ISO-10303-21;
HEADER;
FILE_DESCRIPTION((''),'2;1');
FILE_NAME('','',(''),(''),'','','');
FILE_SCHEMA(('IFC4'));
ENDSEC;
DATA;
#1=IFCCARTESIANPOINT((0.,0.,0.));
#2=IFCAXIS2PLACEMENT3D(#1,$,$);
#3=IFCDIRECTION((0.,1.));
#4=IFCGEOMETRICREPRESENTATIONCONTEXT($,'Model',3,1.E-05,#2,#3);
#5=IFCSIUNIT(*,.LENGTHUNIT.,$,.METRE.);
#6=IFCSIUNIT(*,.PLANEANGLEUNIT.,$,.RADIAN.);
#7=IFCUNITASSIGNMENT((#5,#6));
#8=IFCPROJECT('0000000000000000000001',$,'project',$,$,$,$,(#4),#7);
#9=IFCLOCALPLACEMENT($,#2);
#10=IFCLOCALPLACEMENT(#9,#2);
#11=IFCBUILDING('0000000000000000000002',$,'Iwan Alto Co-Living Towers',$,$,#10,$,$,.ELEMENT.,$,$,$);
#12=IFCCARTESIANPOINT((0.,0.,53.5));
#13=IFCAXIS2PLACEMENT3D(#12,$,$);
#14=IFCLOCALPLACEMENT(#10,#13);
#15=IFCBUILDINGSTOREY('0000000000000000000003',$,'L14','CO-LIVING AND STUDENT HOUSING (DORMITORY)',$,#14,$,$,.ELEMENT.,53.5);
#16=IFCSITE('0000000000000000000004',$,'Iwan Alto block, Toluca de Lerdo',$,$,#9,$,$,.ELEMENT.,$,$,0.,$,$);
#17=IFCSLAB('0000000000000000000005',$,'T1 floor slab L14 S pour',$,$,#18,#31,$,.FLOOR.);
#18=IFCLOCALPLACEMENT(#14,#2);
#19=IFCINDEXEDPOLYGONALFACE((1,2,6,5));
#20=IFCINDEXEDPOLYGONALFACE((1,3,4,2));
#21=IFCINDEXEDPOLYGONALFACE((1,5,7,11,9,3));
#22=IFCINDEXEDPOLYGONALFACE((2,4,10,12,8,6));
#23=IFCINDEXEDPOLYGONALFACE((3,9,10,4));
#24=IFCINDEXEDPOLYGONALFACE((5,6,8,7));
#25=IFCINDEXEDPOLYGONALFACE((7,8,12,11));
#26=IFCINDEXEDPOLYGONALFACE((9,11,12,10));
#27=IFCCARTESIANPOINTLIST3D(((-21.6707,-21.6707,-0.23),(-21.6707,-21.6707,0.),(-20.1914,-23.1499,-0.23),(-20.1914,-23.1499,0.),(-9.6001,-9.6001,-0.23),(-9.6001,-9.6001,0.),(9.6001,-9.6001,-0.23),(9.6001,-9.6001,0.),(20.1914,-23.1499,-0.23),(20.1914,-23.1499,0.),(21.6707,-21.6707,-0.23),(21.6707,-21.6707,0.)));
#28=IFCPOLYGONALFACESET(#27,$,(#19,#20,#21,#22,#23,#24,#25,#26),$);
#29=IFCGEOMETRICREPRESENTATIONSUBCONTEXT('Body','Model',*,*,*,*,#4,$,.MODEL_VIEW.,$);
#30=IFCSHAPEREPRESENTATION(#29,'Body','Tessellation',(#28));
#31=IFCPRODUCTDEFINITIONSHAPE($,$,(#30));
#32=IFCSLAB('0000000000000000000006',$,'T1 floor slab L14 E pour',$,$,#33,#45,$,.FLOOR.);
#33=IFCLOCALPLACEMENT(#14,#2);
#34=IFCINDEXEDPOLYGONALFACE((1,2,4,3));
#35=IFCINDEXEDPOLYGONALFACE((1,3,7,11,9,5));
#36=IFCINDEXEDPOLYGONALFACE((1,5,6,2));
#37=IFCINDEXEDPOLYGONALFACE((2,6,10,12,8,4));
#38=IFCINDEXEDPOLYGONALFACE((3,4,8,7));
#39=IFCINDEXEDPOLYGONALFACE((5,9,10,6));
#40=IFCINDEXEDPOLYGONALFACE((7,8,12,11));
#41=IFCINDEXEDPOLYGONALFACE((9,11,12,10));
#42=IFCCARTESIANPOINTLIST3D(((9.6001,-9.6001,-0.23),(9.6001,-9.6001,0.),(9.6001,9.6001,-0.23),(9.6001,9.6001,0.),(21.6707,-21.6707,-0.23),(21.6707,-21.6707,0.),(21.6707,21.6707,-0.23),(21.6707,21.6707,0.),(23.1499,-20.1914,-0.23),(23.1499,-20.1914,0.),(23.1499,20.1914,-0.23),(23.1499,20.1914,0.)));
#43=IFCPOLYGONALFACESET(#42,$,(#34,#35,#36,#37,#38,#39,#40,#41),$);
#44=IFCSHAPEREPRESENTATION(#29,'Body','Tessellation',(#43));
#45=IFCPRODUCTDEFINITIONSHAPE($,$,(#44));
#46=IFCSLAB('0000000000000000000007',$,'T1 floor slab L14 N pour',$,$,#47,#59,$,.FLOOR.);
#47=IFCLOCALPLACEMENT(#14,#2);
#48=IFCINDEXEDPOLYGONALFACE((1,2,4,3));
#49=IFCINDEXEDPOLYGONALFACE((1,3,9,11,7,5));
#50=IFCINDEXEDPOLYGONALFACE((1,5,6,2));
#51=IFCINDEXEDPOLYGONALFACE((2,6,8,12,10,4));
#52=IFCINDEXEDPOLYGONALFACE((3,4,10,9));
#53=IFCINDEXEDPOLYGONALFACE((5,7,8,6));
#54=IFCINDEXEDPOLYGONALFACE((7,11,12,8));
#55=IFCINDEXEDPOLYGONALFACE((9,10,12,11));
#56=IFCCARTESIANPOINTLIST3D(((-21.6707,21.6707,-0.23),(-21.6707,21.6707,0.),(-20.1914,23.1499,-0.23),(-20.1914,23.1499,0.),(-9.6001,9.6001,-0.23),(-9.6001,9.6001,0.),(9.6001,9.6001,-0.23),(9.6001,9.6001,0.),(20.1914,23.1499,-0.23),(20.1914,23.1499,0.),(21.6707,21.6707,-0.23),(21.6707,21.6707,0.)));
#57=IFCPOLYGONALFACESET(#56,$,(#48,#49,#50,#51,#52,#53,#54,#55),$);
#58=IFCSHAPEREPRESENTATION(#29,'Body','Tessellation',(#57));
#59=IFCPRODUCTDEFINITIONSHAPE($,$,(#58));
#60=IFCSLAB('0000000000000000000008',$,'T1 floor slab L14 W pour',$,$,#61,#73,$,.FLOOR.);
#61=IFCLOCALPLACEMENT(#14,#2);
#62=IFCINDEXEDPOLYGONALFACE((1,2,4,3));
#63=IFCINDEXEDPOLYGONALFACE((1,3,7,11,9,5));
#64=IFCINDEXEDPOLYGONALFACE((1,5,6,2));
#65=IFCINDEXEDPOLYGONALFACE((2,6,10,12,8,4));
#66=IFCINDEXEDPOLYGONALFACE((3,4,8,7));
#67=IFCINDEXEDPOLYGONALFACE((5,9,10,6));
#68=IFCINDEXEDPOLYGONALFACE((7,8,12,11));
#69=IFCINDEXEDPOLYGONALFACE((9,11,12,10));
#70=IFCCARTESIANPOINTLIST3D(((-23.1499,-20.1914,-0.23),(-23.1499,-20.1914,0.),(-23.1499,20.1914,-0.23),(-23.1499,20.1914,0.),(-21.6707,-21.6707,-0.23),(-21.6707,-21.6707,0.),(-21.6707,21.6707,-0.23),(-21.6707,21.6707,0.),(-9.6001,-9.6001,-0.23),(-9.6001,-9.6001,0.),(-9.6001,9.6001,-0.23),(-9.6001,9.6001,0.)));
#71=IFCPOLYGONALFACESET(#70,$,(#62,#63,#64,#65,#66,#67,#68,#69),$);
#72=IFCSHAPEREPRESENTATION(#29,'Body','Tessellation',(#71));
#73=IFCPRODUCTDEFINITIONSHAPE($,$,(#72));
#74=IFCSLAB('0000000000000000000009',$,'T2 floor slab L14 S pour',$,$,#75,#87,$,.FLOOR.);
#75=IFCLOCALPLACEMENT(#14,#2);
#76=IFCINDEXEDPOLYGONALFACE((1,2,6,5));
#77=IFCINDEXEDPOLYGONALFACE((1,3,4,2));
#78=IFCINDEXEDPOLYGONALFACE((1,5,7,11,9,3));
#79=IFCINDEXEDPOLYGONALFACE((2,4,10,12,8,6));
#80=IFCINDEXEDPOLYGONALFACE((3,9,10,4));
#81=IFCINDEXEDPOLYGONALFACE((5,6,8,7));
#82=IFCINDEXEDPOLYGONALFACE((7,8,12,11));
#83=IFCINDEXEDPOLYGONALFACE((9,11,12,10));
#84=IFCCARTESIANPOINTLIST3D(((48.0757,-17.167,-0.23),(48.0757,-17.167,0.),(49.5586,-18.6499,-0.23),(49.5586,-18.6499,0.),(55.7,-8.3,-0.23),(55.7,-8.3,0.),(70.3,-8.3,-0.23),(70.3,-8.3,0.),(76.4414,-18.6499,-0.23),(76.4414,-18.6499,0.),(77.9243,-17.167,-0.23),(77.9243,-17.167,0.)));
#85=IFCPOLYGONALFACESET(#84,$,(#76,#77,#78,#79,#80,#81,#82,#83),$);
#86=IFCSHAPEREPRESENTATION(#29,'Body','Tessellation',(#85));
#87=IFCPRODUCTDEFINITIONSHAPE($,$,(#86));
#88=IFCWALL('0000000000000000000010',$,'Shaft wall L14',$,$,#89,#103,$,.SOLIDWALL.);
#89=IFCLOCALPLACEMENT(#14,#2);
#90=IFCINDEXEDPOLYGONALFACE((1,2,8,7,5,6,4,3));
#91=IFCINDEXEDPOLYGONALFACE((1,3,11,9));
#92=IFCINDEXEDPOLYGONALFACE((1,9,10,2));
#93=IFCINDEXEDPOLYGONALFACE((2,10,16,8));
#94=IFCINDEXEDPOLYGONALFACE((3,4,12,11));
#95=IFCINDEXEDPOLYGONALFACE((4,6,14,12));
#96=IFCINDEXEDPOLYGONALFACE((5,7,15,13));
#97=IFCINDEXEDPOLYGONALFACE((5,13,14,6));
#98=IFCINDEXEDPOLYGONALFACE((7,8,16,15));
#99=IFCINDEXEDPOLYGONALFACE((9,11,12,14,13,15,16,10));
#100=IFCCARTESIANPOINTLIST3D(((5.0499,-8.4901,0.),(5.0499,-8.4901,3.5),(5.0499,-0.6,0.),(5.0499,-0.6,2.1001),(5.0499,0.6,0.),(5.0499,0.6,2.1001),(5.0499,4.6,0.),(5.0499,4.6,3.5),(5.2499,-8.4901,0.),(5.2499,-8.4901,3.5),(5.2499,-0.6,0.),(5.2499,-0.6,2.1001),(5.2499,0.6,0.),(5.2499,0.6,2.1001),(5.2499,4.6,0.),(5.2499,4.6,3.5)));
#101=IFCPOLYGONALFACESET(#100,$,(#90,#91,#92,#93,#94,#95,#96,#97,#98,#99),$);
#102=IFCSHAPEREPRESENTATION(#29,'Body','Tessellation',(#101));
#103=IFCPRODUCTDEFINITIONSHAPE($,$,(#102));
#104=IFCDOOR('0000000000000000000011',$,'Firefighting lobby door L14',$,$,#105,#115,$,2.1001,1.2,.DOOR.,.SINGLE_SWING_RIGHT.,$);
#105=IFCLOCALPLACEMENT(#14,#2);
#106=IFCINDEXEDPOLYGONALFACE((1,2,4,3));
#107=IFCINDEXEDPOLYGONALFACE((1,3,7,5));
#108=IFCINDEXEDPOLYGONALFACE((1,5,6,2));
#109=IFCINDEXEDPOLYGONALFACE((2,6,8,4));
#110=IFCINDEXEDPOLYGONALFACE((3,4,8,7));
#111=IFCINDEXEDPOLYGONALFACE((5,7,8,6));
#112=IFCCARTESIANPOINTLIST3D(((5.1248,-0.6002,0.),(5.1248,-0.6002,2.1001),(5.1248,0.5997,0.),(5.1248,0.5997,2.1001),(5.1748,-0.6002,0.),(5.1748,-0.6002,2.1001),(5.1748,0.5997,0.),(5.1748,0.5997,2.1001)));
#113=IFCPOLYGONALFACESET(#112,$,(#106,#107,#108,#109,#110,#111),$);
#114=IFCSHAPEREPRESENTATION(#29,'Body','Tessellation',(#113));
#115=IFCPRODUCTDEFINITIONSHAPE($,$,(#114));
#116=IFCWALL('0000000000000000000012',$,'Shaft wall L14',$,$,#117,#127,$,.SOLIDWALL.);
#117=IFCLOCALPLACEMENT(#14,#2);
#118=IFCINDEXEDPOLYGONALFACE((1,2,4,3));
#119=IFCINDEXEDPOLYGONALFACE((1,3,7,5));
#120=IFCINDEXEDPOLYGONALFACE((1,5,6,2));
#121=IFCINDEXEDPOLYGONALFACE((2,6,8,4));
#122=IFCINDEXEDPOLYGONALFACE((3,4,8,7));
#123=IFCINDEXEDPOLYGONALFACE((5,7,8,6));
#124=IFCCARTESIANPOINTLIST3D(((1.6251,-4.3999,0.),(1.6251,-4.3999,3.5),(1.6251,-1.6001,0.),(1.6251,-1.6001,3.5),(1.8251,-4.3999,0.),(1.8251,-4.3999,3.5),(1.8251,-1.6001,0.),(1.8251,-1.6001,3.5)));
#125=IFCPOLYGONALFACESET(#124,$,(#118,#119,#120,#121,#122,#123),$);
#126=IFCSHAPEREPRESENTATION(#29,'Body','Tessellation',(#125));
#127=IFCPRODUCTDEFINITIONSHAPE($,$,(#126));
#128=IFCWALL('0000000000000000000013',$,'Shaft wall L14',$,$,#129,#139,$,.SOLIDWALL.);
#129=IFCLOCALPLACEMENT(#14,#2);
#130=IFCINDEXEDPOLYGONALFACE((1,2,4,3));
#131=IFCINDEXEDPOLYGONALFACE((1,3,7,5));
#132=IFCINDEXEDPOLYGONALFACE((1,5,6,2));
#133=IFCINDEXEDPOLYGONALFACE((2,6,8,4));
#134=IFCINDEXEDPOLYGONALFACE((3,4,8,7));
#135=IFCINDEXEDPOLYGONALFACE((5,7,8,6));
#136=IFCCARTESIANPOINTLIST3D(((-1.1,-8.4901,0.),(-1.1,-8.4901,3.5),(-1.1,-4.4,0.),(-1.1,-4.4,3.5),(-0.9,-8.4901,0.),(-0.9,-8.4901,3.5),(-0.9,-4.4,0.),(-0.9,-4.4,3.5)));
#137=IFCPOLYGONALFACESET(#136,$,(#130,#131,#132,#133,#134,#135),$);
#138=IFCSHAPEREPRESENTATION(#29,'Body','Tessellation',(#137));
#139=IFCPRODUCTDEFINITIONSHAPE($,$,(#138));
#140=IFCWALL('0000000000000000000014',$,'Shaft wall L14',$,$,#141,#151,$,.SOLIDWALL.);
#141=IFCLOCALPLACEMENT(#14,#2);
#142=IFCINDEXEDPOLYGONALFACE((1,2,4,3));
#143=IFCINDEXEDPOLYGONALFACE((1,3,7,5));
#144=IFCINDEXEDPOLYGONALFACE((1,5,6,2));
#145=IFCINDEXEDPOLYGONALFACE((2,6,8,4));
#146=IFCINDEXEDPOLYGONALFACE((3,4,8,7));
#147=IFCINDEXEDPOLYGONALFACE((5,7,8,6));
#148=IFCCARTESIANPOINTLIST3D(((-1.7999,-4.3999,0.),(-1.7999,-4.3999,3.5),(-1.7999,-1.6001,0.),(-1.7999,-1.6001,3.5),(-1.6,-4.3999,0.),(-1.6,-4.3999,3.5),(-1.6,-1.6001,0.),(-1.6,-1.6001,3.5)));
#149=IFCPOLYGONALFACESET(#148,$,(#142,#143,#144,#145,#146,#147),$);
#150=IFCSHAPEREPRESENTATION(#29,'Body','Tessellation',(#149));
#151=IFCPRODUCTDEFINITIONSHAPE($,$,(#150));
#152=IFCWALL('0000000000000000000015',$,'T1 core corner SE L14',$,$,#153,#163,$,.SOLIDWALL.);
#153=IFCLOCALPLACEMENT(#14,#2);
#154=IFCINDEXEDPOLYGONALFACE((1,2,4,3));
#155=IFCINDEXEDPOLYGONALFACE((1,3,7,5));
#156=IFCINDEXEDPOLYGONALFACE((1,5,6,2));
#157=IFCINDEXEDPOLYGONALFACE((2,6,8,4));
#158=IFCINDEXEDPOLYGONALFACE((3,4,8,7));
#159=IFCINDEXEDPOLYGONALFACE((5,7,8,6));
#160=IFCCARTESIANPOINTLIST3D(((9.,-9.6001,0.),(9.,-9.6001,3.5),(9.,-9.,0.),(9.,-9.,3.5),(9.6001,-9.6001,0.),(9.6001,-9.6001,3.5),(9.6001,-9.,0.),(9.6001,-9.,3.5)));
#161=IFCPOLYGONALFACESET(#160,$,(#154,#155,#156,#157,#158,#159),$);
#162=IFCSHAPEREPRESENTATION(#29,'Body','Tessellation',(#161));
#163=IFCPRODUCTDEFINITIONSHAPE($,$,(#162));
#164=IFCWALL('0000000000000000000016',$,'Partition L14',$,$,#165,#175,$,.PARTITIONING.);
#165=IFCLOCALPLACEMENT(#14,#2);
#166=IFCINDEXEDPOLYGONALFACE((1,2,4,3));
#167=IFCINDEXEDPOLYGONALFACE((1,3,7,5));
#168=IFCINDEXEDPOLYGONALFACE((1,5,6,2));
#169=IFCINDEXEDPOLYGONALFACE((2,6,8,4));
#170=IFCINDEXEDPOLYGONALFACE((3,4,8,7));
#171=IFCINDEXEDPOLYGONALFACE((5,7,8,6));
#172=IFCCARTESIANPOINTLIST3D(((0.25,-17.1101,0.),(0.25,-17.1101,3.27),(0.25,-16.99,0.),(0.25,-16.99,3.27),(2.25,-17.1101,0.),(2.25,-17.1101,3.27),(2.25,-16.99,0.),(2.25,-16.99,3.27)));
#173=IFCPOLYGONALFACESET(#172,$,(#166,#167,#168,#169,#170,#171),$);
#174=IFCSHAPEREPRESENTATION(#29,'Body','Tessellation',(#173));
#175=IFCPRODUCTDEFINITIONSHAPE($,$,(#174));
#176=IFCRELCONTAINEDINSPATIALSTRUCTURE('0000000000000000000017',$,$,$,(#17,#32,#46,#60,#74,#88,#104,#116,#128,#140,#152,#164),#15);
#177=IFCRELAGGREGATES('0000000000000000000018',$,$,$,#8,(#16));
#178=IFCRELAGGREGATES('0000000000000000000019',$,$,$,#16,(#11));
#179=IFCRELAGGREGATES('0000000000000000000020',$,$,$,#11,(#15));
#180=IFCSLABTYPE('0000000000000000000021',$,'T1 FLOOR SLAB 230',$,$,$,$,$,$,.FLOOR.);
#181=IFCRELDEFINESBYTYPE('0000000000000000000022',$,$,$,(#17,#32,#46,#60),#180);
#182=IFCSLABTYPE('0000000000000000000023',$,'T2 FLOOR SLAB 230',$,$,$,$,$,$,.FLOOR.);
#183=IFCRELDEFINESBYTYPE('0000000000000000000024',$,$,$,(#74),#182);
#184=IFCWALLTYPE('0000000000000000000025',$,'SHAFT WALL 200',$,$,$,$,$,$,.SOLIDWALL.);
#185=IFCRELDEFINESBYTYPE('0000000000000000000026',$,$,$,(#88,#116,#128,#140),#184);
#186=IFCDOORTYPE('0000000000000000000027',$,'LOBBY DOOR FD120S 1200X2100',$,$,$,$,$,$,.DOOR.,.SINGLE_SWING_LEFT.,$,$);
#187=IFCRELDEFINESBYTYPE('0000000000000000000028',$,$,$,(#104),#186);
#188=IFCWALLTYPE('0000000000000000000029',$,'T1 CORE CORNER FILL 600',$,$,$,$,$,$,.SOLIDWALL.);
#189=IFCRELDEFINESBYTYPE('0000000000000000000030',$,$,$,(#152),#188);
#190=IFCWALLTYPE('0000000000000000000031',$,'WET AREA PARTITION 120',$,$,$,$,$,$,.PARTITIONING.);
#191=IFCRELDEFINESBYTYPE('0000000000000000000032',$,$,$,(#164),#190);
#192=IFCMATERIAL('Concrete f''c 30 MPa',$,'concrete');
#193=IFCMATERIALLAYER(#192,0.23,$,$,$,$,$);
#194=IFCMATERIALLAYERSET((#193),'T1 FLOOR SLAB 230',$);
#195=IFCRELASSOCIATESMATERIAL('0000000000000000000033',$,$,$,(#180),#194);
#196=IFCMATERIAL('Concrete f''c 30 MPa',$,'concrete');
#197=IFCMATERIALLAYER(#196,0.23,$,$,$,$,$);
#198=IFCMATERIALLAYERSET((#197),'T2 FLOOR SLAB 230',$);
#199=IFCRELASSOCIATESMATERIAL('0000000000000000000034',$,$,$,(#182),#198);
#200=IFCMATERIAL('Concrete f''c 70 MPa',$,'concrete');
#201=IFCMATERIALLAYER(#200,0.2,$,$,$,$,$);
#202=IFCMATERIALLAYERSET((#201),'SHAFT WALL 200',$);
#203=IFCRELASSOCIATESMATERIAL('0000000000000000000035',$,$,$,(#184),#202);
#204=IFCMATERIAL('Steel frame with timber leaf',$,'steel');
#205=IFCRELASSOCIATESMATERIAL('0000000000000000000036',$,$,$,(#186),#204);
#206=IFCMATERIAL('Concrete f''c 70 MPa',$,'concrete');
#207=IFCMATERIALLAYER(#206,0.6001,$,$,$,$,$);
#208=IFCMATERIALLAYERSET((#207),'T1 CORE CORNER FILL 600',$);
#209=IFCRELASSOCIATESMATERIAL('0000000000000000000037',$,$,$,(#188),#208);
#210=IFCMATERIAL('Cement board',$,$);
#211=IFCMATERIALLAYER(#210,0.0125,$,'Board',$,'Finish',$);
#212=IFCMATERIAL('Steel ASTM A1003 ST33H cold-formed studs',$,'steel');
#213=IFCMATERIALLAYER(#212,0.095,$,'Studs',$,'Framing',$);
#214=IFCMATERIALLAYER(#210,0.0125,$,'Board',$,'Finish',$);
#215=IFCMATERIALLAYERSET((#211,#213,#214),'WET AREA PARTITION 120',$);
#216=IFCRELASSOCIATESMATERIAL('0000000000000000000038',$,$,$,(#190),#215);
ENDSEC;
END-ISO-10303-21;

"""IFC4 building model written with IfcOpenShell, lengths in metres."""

from ifc_helpers import new_model, si_unit, direction, frame, frame_2d, origin, place, context, subcontext, project, spatial, polyline, rectangle, outline, extrude, material, layer, layer_set, type_object, element, fill, save


model = new_model("IFC4")

# Units and contexts
model_context = context("Model", 3, precision=1e-05, world=origin(), true_north=direction((0.0, 1.0)))
body_context = subcontext(model_context, "Body", "Model", "MODEL_VIEW")
ifc_project = project(units=[si_unit("LENGTHUNIT", "METRE"), si_unit("PLANEANGLEUNIT", "RADIAN")], contexts=[model_context])

# Site, building, storey
site_placement = place(None, origin())
site = spatial("IfcSite", under=ifc_project, at=site_placement, Name="Iwan Alto block, Toluca de Lerdo", CompositionType="ELEMENT", RefElevation=0.0)
building_placement = place(site_placement, origin())
building = spatial("IfcBuilding", under=site, at=building_placement, Name="Iwan Alto Co-Living Towers", CompositionType="ELEMENT")
storey_placement = place(building_placement, frame((0.0, 0.0, 53.5)))
storey = spatial("IfcBuildingStorey", under=building, at=storey_placement, Name="L14", Description="CO-LIVING AND STUDENT HOUSING (DORMITORY)", CompositionType="ELEMENT", Elevation=53.5)

# Slabs
ifc_material_1 = material(Name="Concrete f'c 30 MPa", Category="concrete")
ifc_layer_1 = layer(ifc_material_1, 0.23)
ifc_layer_set_1 = layer_set([ifc_layer_1], Name="T1 FLOOR SLAB 230")
slab_type_1 = type_object("IfcSlabType", Name="T1 FLOOR SLAB 230", PredefinedType="FLOOR", material=ifc_layer_set_1)
slab_1_placement = place(storey_placement, frame((0.0, 0.0, -0.23)))
element("IfcSlab", 1, at=slab_1_placement, inside=storey, type_object=slab_type_1, Name="T1 floor slab L14 S pour", PredefinedType="FLOOR", context=body_context, shape_type="SweptSolid", body=[
    extrude(outline(polyline([(20.1914, -23.1499), (-20.1914, -23.1499), (-21.6707, -21.6707), (-9.6001, -9.6001), (9.6001, -9.6001), (21.6707, -21.6707), (20.1914, -23.1499)])), origin(), (0.0, 0.0, 1.0), 0.23),
])
slab_2_placement = place(storey_placement, frame((0.0, 0.0, -0.23)))
element("IfcSlab", 2, at=slab_2_placement, inside=storey, type_object=slab_type_1, Name="T1 floor slab L14 E pour", PredefinedType="FLOOR", context=body_context, shape_type="SweptSolid", body=[
    extrude(outline(polyline([(23.1499, 20.1914), (23.1499, -20.1914), (21.6707, -21.6707), (9.6001, -9.6001), (9.6001, 9.6001), (21.6707, 21.6707), (23.1499, 20.1914)])), origin(), (0.0, 0.0, 1.0), 0.23),
])
slab_3_placement = place(storey_placement, frame((0.0, 0.0, -0.23)))
element("IfcSlab", 3, at=slab_3_placement, inside=storey, type_object=slab_type_1, Name="T1 floor slab L14 N pour", PredefinedType="FLOOR", context=body_context, shape_type="SweptSolid", body=[
    extrude(outline(polyline([(-20.1914, 23.1499), (20.1914, 23.1499), (21.6707, 21.6707), (9.6001, 9.6001), (-9.6001, 9.6001), (-21.6707, 21.6707), (-20.1914, 23.1499)])), origin(), (0.0, 0.0, 1.0), 0.23),
])
slab_4_placement = place(storey_placement, frame((0.0, 0.0, -0.23)))
element("IfcSlab", 4, at=slab_4_placement, inside=storey, type_object=slab_type_1, Name="T1 floor slab L14 W pour", PredefinedType="FLOOR", context=body_context, shape_type="SweptSolid", body=[
    extrude(outline(polyline([(-23.1499, 20.1914), (-21.6707, 21.6707), (-9.6001, 9.6001), (-9.6001, -9.6001), (-21.6707, -21.6707), (-23.1499, -20.1914), (-23.1499, 20.1914)])), origin(), (0.0, 0.0, 1.0), 0.23),
])
ifc_material_2 = material(Name="Concrete f'c 30 MPa", Category="concrete")
ifc_layer_2 = layer(ifc_material_2, 0.23)
ifc_layer_set_2 = layer_set([ifc_layer_2], Name="T2 FLOOR SLAB 230")
slab_type_2 = type_object("IfcSlabType", Name="T2 FLOOR SLAB 230", PredefinedType="FLOOR", material=ifc_layer_set_2)
slab_5_placement = place(storey_placement, frame((0.0, 0.0, -0.23)))
element("IfcSlab", 5, at=slab_5_placement, inside=storey, type_object=slab_type_2, Name="T2 floor slab L14 S pour", PredefinedType="FLOOR", context=body_context, shape_type="SweptSolid", body=[
    extrude(outline(polyline([(76.4414, -18.6499), (49.5586, -18.6499), (48.0757, -17.167), (55.7, -8.3), (70.3, -8.3), (77.9243, -17.167), (76.4414, -18.6499)])), origin(), (0.0, 0.0, 1.0), 0.23),
])

# Wall, opening, door
ifc_material_3 = material(Name="Concrete f'c 70 MPa", Category="concrete")
ifc_layer_3 = layer(ifc_material_3, 0.2)
ifc_layer_set_3 = layer_set([ifc_layer_3], Name="SHAFT WALL 200")
wall_type_1 = type_object("IfcWallType", Name="SHAFT WALL 200", PredefinedType="SOLIDWALL", material=ifc_layer_set_3)
wall_1_placement = place(storey_placement, frame((5.1499, -8.49, 0.0), z_axis=(0.0, 0.0, 1.0), x_axis=(0.0, 1.0, 0.0)))
wall_1 = element("IfcWall", 6, at=wall_1_placement, inside=storey, type_object=wall_type_1, Name="Shaft wall L14", PredefinedType="SOLIDWALL", context=body_context, shape_type="SweptSolid", body=[
    extrude(rectangle(XDim=13.0901, YDim=0.2, at=frame_2d((6.5449, 0.0))), origin(), (0.0, 0.0, 1.0), 3.5),
])
opening_1_placement = place(wall_1_placement, frame((7.8899, 0.0, 0.0)))
opening_1 = element("IfcOpeningElement", 7, at=opening_1_placement, cuts=wall_1, PredefinedType="OPENING", context=body_context, shape_type="SweptSolid", body=[
    extrude(rectangle(XDim=1.2, YDim=2.1001, at=frame_2d((0.6001, 1.05))), frame((0.0, 0.1099, 0.0), z_axis=(0.0, -1.0, 0.0), x_axis=(1.0, 0.0, 0.0)), (0.0, 0.0, 1.0), 0.22),
])
ifc_material_4 = material(Name="Steel frame with timber leaf", Category="steel")
door_type_1 = type_object("IfcDoorType", Name="LOBBY DOOR FD120S 1200X2100", OperationType="SINGLE_SWING_LEFT", PredefinedType="DOOR", material=ifc_material_4)
door_1_placement = place(opening_1_placement, frame((1.2, 0.0, 0.0), z_axis=(0.0, 0.0, 1.0), x_axis=(-1.0, 0.0, 0.0)))
door_1 = element("IfcDoor", 8, at=door_1_placement, inside=storey, type_object=door_type_1, Name="Firefighting lobby door L14", OperationType="SINGLE_SWING_RIGHT", OverallHeight=2.1001, OverallWidth=1.2, PredefinedType="DOOR", context=body_context, shape_type="SweptSolid", body=[
    extrude(rectangle(XDim=1.2, YDim=2.1001, at=frame_2d((0.6001, 1.05))), frame((0.0, 0.0249, 0.0), z_axis=(0.0, -1.0, 0.0), x_axis=(1.0, 0.0, 0.0)), (0.0, 0.0, 1.0), 0.05),
])
fill(opening_1, door_1)

# Walls
wall_2_placement = place(storey_placement, frame((1.7251, -4.3999, 0.0), z_axis=(0.0, 0.0, 1.0), x_axis=(0.0, 1.0, 0.0)))
element("IfcWall", 9, at=wall_2_placement, inside=storey, type_object=wall_type_1, Name="Shaft wall L14", PredefinedType="SOLIDWALL", context=body_context, shape_type="SweptSolid", body=[
    extrude(rectangle(XDim=2.7998, YDim=0.2, at=frame_2d((1.3999, 0.0))), origin(), (0.0, 0.0, 1.0), 3.5),
])
wall_3_placement = place(storey_placement, frame((-1.0, -8.49, 0.0), z_axis=(0.0, 0.0, 1.0), x_axis=(0.0, 1.0, 0.0)))
element("IfcWall", 10, at=wall_3_placement, inside=storey, type_object=wall_type_1, Name="Shaft wall L14", PredefinedType="SOLIDWALL", context=body_context, shape_type="SweptSolid", body=[
    extrude(rectangle(XDim=4.0901, YDim=0.2, at=frame_2d((2.0449, 0.0))), origin(), (0.0, 0.0, 1.0), 3.5),
])
wall_4_placement = place(storey_placement, frame((-1.7, -4.3999, 0.0), z_axis=(0.0, 0.0, 1.0), x_axis=(0.0, 1.0, 0.0)))
element("IfcWall", 11, at=wall_4_placement, inside=storey, type_object=wall_type_1, Name="Shaft wall L14", PredefinedType="SOLIDWALL", context=body_context, shape_type="SweptSolid", body=[
    extrude(rectangle(XDim=2.7998, YDim=0.2, at=frame_2d((1.3999, 0.0))), origin(), (0.0, 0.0, 1.0), 3.5),
])
ifc_material_5 = material(Name="Concrete f'c 70 MPa", Category="concrete")
ifc_layer_4 = layer(ifc_material_5, 0.6001)
ifc_layer_set_4 = layer_set([ifc_layer_4], Name="T1 CORE CORNER FILL 600")
wall_type_2 = type_object("IfcWallType", Name="T1 CORE CORNER FILL 600", PredefinedType="SOLIDWALL", material=ifc_layer_set_4)
wall_5_placement = place(storey_placement, frame((9.0, -9.3, 0.0), z_axis=(0.0, 0.0, 1.0), x_axis=(1.0, 0.0, 0.0)))
element("IfcWall", 12, at=wall_5_placement, inside=storey, type_object=wall_type_2, Name="T1 core corner SE L14", PredefinedType="SOLIDWALL", context=body_context, shape_type="SweptSolid", body=[
    extrude(rectangle(XDim=0.6001, YDim=0.6001, at=frame_2d((0.3, 0.0))), origin(), (0.0, 0.0, 1.0), 3.5),
])
ifc_material_6 = material(Name="Cement board")
ifc_layer_5 = layer(ifc_material_6, 0.0125, Name="Board", Category="Finish")
ifc_material_7 = material(Name="Steel ASTM A1003 ST33H cold-formed studs", Category="steel")
ifc_layer_6 = layer(ifc_material_7, 0.095, Name="Studs", Category="Framing")
ifc_layer_7 = layer(ifc_material_6, 0.0125, Name="Board", Category="Finish")
ifc_layer_set_5 = layer_set([ifc_layer_5, ifc_layer_6, ifc_layer_7], Name="WET AREA PARTITION 120")
wall_type_3 = type_object("IfcWallType", Name="WET AREA PARTITION 120", PredefinedType="PARTITIONING", material=ifc_layer_set_5)
wall_6_placement = place(storey_placement, frame((0.25, -17.05, 0.0), z_axis=(0.0, 0.0, 1.0), x_axis=(1.0, 0.0, 0.0)))
element("IfcWall", 13, at=wall_6_placement, inside=storey, type_object=wall_type_3, Name="Partition L14", PredefinedType="PARTITIONING", context=body_context, shape_type="SweptSolid", body=[
    extrude(rectangle(XDim=2.0, YDim=0.1201, at=frame_2d((1.0, 0.0))), origin(), (0.0, 0.0, 1.0), 3.27),
])

save(model, "model.ifc")
